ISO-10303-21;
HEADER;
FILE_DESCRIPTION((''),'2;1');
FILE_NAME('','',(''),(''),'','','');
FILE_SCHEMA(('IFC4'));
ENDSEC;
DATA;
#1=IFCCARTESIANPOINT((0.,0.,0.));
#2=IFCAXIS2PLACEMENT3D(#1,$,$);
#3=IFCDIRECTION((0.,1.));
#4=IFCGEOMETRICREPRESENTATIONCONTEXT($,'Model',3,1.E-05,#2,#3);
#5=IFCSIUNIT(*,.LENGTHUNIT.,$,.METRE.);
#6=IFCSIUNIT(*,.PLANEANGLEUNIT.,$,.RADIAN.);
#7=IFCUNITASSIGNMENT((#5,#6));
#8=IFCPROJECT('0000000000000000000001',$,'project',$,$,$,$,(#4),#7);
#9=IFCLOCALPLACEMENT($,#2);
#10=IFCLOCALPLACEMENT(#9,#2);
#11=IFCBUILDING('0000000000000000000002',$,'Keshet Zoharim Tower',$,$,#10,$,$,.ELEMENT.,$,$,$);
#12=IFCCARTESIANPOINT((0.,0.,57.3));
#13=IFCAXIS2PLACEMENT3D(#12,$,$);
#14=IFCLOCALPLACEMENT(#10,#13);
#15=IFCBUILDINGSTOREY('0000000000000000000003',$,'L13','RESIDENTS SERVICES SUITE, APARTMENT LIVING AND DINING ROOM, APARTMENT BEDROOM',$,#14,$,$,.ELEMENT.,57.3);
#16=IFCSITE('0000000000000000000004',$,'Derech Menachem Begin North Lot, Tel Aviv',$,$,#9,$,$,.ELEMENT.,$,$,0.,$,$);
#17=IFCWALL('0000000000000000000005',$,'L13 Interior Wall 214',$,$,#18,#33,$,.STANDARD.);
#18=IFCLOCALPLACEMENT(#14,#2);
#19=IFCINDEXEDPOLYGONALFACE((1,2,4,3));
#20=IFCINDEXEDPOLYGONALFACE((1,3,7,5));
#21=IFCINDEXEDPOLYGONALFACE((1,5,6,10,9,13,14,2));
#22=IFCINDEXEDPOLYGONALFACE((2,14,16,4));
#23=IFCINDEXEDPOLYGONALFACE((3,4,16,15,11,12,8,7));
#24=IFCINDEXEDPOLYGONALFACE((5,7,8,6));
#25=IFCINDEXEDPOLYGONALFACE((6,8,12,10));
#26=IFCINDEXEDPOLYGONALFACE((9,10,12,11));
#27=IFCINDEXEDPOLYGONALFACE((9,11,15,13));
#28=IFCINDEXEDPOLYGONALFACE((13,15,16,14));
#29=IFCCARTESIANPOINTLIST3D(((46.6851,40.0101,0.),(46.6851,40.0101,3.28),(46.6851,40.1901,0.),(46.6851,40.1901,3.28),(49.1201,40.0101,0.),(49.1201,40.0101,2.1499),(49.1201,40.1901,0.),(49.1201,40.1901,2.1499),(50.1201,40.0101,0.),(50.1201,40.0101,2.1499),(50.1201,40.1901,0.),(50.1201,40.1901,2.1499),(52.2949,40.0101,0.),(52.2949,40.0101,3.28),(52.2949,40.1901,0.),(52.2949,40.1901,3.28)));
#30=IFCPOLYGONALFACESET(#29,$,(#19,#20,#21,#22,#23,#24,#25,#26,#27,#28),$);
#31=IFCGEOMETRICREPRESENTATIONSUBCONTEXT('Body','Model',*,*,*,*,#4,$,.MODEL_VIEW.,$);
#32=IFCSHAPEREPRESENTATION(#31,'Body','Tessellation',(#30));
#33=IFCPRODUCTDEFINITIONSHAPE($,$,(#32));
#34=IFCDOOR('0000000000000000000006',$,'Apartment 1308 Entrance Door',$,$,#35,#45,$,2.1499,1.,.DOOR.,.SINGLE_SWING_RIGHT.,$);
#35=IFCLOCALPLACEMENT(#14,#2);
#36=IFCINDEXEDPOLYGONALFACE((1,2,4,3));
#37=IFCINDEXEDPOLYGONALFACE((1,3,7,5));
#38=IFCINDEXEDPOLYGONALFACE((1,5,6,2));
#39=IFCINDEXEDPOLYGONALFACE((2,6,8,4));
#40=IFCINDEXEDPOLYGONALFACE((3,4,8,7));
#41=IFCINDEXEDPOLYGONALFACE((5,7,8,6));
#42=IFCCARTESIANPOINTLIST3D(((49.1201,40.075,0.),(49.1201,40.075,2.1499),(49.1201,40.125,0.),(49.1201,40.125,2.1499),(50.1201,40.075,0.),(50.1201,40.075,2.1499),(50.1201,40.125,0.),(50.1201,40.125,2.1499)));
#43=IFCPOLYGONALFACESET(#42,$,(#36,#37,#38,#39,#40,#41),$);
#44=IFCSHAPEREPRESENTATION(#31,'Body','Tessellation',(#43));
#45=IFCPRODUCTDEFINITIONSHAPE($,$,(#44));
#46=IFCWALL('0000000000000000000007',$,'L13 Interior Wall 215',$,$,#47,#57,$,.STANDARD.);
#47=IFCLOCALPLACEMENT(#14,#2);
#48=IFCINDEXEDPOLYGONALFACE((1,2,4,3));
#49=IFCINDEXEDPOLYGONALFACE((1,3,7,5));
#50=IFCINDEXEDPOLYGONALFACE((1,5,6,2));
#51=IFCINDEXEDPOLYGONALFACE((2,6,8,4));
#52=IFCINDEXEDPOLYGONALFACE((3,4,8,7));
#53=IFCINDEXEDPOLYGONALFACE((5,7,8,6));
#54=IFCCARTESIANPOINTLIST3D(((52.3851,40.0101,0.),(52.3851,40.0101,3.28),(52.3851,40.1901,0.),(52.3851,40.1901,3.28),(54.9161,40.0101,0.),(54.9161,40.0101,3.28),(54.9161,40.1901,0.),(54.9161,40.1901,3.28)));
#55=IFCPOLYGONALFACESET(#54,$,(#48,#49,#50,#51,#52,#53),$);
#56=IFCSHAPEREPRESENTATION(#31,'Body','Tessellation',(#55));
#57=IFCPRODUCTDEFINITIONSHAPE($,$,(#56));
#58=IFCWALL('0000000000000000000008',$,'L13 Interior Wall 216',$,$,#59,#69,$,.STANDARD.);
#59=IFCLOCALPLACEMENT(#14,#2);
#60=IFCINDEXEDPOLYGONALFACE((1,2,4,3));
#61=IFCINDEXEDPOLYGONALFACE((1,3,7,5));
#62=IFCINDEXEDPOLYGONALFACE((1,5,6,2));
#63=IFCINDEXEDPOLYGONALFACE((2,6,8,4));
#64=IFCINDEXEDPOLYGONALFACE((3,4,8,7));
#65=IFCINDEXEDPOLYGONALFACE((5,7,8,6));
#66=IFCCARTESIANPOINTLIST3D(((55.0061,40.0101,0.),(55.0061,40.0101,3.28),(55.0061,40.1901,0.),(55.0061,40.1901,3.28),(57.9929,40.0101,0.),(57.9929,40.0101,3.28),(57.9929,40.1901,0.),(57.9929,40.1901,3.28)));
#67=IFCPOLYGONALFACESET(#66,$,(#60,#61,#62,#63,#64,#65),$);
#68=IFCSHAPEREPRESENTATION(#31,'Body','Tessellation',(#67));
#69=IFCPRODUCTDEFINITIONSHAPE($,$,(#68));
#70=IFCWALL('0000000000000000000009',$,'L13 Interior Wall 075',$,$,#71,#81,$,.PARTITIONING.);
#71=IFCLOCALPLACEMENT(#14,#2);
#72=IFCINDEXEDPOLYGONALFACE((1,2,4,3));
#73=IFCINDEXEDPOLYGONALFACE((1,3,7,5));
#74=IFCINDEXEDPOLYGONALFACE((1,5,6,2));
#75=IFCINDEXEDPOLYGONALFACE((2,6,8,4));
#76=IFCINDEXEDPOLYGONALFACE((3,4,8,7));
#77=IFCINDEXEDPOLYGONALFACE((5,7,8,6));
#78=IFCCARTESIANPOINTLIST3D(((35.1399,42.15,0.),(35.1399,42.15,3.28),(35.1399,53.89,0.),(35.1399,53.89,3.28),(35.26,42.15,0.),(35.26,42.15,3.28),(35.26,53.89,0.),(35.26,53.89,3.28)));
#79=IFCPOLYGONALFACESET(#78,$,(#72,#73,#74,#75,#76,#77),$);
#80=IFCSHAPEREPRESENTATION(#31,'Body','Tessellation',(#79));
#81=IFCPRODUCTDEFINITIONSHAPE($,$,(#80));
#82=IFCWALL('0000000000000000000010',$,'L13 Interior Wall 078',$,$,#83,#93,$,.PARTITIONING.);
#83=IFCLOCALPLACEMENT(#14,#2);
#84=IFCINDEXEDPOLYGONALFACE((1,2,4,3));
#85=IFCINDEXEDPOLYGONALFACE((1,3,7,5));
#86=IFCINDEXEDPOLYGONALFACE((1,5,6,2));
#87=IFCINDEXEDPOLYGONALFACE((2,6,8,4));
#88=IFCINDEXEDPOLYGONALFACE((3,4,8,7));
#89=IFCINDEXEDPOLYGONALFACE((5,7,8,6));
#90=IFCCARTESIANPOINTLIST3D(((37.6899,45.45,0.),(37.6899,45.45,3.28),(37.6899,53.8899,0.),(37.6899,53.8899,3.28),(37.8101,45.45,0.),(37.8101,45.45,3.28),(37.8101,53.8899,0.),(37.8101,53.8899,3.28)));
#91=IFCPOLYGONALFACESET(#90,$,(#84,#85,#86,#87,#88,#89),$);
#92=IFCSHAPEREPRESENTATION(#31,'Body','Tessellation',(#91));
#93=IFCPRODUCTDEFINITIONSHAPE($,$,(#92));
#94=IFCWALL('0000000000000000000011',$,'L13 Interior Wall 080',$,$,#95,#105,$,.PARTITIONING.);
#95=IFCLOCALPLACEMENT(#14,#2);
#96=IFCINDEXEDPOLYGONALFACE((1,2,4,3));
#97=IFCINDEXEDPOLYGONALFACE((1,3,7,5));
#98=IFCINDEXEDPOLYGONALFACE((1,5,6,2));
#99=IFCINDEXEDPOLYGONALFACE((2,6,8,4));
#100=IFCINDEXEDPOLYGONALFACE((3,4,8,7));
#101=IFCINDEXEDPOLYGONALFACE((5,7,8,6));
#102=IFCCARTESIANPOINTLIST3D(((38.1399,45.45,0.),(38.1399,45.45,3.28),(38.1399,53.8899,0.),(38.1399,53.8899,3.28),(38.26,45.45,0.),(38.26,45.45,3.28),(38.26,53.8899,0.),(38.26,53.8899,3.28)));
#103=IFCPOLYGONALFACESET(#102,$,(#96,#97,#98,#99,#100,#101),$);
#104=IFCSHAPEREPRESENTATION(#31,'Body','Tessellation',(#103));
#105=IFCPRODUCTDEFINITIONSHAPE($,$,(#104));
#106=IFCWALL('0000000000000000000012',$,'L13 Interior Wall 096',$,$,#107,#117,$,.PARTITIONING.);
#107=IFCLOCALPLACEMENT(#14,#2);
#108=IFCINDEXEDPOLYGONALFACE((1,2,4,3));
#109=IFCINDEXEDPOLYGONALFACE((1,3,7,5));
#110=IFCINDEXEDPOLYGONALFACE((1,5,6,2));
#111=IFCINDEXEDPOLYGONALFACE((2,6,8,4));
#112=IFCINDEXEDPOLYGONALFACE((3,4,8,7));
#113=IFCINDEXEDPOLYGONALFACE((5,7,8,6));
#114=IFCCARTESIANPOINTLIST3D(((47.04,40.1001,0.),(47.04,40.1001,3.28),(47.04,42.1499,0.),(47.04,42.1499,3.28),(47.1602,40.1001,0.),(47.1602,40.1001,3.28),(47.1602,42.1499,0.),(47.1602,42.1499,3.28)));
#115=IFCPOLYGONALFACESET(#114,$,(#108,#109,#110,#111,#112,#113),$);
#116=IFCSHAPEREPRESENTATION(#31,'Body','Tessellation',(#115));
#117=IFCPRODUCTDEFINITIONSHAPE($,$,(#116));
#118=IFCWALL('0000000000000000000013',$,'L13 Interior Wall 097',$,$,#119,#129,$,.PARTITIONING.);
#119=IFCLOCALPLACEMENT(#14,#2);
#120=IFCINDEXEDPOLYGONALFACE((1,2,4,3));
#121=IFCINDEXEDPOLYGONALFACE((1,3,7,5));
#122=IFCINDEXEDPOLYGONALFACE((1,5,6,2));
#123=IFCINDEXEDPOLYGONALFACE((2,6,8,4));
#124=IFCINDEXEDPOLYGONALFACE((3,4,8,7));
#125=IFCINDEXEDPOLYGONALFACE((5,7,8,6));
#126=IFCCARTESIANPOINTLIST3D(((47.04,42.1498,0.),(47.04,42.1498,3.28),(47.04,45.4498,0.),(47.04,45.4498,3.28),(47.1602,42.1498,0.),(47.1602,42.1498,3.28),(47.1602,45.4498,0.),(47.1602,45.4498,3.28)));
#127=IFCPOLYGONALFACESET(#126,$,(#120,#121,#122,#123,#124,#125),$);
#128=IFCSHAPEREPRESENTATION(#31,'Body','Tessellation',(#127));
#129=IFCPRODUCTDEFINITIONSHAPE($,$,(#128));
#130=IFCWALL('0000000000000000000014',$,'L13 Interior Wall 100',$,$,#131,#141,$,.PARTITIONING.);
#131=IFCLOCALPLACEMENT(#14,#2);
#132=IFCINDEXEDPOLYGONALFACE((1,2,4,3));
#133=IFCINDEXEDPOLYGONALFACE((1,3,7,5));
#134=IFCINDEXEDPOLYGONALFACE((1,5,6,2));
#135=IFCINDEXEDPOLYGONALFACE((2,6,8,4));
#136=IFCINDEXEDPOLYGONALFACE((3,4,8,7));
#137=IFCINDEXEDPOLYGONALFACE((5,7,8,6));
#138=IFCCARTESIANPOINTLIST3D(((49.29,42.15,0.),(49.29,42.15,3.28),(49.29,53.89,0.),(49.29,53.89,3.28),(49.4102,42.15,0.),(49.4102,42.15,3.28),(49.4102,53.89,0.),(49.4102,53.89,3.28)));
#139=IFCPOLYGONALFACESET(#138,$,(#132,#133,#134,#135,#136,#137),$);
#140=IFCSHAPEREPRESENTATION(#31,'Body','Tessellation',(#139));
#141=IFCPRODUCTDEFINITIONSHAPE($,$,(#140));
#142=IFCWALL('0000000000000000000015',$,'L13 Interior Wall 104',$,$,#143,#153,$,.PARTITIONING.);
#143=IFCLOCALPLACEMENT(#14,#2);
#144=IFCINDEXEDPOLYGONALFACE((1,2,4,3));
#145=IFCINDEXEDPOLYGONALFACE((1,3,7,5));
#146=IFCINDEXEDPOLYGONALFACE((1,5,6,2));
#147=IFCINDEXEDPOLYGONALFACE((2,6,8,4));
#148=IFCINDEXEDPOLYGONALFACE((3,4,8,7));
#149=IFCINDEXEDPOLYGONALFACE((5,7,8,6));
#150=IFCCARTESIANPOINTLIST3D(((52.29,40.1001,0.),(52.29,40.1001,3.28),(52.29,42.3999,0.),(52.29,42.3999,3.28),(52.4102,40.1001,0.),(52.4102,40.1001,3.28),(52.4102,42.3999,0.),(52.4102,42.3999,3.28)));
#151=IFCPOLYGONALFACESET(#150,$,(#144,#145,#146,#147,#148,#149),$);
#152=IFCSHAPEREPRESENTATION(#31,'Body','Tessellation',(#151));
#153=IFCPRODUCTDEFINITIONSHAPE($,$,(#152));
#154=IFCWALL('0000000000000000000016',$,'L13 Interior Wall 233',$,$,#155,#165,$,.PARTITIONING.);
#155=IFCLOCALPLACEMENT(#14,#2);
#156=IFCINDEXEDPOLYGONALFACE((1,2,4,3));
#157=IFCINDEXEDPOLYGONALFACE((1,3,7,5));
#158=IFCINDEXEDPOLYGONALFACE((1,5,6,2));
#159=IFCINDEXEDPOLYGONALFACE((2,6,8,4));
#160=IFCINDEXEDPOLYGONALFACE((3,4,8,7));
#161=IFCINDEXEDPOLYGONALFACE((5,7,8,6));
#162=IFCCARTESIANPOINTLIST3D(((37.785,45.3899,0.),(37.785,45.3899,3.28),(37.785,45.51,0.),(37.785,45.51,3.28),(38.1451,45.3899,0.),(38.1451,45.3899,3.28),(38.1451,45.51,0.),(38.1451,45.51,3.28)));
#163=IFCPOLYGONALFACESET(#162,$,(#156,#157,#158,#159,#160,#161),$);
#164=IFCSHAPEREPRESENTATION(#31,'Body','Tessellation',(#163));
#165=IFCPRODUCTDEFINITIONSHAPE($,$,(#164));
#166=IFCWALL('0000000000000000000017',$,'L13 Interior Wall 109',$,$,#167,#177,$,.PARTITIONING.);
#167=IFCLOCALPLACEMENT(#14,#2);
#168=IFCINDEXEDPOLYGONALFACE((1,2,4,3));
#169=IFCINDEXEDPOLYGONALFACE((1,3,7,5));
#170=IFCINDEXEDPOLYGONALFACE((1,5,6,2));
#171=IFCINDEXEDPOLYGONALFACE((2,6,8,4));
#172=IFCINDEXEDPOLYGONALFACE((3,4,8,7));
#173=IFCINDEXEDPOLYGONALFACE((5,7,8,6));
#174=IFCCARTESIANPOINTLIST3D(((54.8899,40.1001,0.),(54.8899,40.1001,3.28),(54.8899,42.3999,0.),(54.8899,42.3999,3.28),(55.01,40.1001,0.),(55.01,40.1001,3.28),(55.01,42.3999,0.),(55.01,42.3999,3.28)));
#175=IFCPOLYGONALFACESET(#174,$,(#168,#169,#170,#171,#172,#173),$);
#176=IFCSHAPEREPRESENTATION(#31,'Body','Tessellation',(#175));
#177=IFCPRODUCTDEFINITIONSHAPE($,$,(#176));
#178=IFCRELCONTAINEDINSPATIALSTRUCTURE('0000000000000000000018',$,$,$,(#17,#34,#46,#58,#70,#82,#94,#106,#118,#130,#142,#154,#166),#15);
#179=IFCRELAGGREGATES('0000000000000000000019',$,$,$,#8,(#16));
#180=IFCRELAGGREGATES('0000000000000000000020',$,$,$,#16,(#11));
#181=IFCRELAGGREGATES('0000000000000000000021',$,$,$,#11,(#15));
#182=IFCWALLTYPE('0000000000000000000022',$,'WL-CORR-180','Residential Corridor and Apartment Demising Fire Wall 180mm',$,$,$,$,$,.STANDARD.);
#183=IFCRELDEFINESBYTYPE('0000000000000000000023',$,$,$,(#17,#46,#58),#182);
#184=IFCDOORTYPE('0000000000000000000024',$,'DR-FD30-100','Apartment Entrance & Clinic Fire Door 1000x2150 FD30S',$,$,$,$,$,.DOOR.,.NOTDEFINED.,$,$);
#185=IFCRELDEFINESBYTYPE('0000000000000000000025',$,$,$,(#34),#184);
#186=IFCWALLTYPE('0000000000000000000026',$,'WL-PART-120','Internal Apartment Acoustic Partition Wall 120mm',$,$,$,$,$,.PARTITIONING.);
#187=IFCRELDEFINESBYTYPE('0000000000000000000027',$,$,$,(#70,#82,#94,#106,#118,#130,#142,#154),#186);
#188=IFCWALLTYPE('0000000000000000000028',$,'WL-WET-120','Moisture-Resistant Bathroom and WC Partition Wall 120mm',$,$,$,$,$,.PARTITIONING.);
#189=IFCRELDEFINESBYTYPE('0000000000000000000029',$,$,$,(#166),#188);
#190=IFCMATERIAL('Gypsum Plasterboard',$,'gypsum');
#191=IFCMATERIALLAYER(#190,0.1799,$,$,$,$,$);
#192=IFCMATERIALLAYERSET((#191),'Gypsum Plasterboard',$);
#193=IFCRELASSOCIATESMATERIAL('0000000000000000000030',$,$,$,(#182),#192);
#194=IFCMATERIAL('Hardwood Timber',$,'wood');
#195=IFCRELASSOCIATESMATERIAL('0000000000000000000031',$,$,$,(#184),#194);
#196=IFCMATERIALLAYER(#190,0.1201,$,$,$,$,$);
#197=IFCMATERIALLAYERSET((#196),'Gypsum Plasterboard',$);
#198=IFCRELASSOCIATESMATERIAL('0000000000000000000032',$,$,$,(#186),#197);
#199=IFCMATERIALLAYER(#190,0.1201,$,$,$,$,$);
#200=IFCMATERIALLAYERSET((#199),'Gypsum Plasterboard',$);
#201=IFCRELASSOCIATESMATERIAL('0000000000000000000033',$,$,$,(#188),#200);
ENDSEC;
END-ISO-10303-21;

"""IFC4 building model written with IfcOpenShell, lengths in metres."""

from ifc_helpers import new_model, si_unit, direction, frame, frame_2d, origin, place, context, subcontext, project, spatial, rectangle, extrude, material, layer, layer_set, type_object, element, fill, save


model = new_model("IFC4")

# Units and contexts
model_context = context("Model", 3, precision=1e-05, world=origin(), true_north=direction((0.0, 1.0)))
body_context = subcontext(model_context, "Body", "Model", "MODEL_VIEW")
ifc_project = project(units=[si_unit("LENGTHUNIT", "METRE"), si_unit("PLANEANGLEUNIT", "RADIAN")], contexts=[model_context])

# Site, building, storey
site_placement = place(None, origin())
site = spatial("IfcSite", under=ifc_project, at=site_placement, Name="Derech Menachem Begin North Lot, Tel Aviv", CompositionType="ELEMENT", RefElevation=0.0)
building_placement = place(site_placement, origin())
building = spatial("IfcBuilding", under=site, at=building_placement, Name="Keshet Zoharim Tower", CompositionType="ELEMENT")
storey_placement = place(building_placement, frame((0.0, 0.0, 57.3)))
storey = spatial("IfcBuildingStorey", under=building, at=storey_placement, Name="L13", Description="RESIDENTS SERVICES SUITE, APARTMENT LIVING AND DINING ROOM, APARTMENT BEDROOM", CompositionType="ELEMENT", Elevation=57.3)

# Wall, opening, door
ifc_material_1 = material(Name="Gypsum Plasterboard", Category="gypsum")
ifc_layer_1 = layer(ifc_material_1, 0.1799)
ifc_layer_set_1 = layer_set([ifc_layer_1], Name="Gypsum Plasterboard")
wall_type_1 = type_object("IfcWallType", Name="WL-CORR-180", Description="Residential Corridor and Apartment Demising Fire Wall 180mm", PredefinedType="STANDARD", material=ifc_layer_set_1)
wall_1_placement = place(storey_placement, frame((46.6851, 40.1001, 0.0), z_axis=(0.0, 0.0, 1.0), x_axis=(1.0, 0.0, 0.0)))
wall_1 = element("IfcWall", 1, at=wall_1_placement, inside=storey, type_object=wall_type_1, Name="L13 Interior Wall 214", PredefinedType="STANDARD", context=body_context, shape_type="SweptSolid", body=[
    extrude(rectangle(XDim=5.6099, YDim=0.1799, at=frame_2d((2.8049, 0.0))), origin(), (0.0, 0.0, 1.0), 3.28),
])
opening_1_placement = place(wall_1_placement, frame((2.4351, 0.0, 0.0)))
opening_1 = element("IfcOpeningElement", 2, at=opening_1_placement, cuts=wall_1, PredefinedType="OPENING", context=body_context, shape_type="SweptSolid", body=[
    extrude(rectangle(XDim=1.0, YDim=2.1499, at=frame_2d((0.5, 1.075))), frame((0.0, 0.1001, 0.0), z_axis=(0.0, -1.0, 0.0), x_axis=(1.0, 0.0, 0.0)), (0.0, 0.0, 1.0), 0.2),
])
ifc_material_2 = material(Name="Hardwood Timber", Category="wood")
door_type_1 = type_object("IfcDoorType", Name="DR-FD30-100", Description="Apartment Entrance & Clinic Fire Door 1000x2150 FD30S", OperationType="NOTDEFINED", PredefinedType="DOOR", material=ifc_material_2)
door_1_placement = place(opening_1_placement, origin())
door_1 = element("IfcDoor", 3, at=door_1_placement, inside=storey, type_object=door_type_1, Name="Apartment 1308 Entrance Door", OperationType="SINGLE_SWING_RIGHT", OverallHeight=2.1499, OverallWidth=1.0, PredefinedType="DOOR", context=body_context, shape_type="SweptSolid", body=[
    extrude(rectangle(XDim=1.0, YDim=2.1499, at=frame_2d((0.5, 1.075))), frame((0.0, 0.0249, 0.0), z_axis=(0.0, -1.0, 0.0), x_axis=(1.0, 0.0, 0.0)), (0.0, 0.0, 1.0), 0.05),
])
fill(opening_1, door_1)

# Walls
wall_2_placement = place(storey_placement, frame((52.385, 40.1001, 0.0), z_axis=(0.0, 0.0, 1.0), x_axis=(1.0, 0.0, 0.0)))
element("IfcWall", 4, at=wall_2_placement, inside=storey, type_object=wall_type_1, Name="L13 Interior Wall 215", PredefinedType="STANDARD", context=body_context, shape_type="SweptSolid", body=[
    extrude(rectangle(XDim=2.531, YDim=0.1799, at=frame_2d((1.2656, 0.0))), origin(), (0.0, 0.0, 1.0), 3.28),
])
wall_3_placement = place(storey_placement, frame((55.0061, 40.1001, 0.0), z_axis=(0.0, 0.0, 1.0), x_axis=(1.0, 0.0, 0.0)))
element("IfcWall", 5, at=wall_3_placement, inside=storey, type_object=wall_type_1, Name="L13 Interior Wall 216", PredefinedType="STANDARD", context=body_context, shape_type="SweptSolid", body=[
    extrude(rectangle(XDim=2.9868, YDim=0.1799, at=frame_2d((1.4934, 0.0))), origin(), (0.0, 0.0, 1.0), 3.28),
])

# Walls
ifc_layer_2 = layer(ifc_material_1, 0.1201)
ifc_layer_set_2 = layer_set([ifc_layer_2], Name="Gypsum Plasterboard")
wall_type_2 = type_object("IfcWallType", Name="WL-PART-120", Description="Internal Apartment Acoustic Partition Wall 120mm", PredefinedType="PARTITIONING", material=ifc_layer_set_2)
wall_4_placement = place(storey_placement, frame((35.2, 42.1499, 0.0), z_axis=(0.0, 0.0, 1.0), x_axis=(0.0, 1.0, 0.0)))
element("IfcWall", 6, at=wall_4_placement, inside=storey, type_object=wall_type_2, Name="L13 Interior Wall 075", PredefinedType="PARTITIONING", context=body_context, shape_type="SweptSolid", body=[
    extrude(rectangle(XDim=11.74, YDim=0.1201, at=frame_2d((5.8701, 0.0))), origin(), (0.0, 0.0, 1.0), 3.28),
])
for number, where, z_axis, x_axis, name in (
    (7, (37.75, 45.45, 0.0), (0.0, 0.0, 1.0), (0.0, 1.0, 0.0), "L13 Interior Wall 078"),
    (8, (38.2, 45.45, 0.0), (0.0, 0.0, 1.0), (0.0, 1.0, 0.0), "L13 Interior Wall 080"),
):
    element("IfcWall", number, at=place(storey_placement, frame(where, z_axis=z_axis, x_axis=x_axis)), inside=storey, type_object=wall_type_2, Name=name, PredefinedType="PARTITIONING", context=body_context, shape_type="SweptSolid", body=[
        extrude(rectangle(XDim=8.4399, YDim=0.1201, at=frame_2d((4.22, 0.0))), origin(), (0.0, 0.0, 1.0), 3.28),
    ])
wall_5_placement = place(storey_placement, frame((47.1001, 40.1001, 0.0), z_axis=(0.0, 0.0, 1.0), x_axis=(0.0, 1.0, 0.0)))
element("IfcWall", 9, at=wall_5_placement, inside=storey, type_object=wall_type_2, Name="L13 Interior Wall 096", PredefinedType="PARTITIONING", context=body_context, shape_type="SweptSolid", body=[
    extrude(rectangle(XDim=2.0498, YDim=0.1201, at=frame_2d((1.0249, 0.0))), origin(), (0.0, 0.0, 1.0), 3.28),
])
wall_6_placement = place(storey_placement, frame((47.1001, 42.1499, 0.0), z_axis=(0.0, 0.0, 1.0), x_axis=(0.0, 1.0, 0.0)))
element("IfcWall", 10, at=wall_6_placement, inside=storey, type_object=wall_type_2, Name="L13 Interior Wall 097", PredefinedType="PARTITIONING", context=body_context, shape_type="SweptSolid", body=[
    extrude(rectangle(XDim=3.3, YDim=0.1201, at=frame_2d((1.6499, 0.0))), origin(), (0.0, 0.0, 1.0), 3.28),
])
wall_7_placement = place(storey_placement, frame((49.3501, 42.1499, 0.0), z_axis=(0.0, 0.0, 1.0), x_axis=(0.0, 1.0, 0.0)))
element("IfcWall", 11, at=wall_7_placement, inside=storey, type_object=wall_type_2, Name="L13 Interior Wall 100", PredefinedType="PARTITIONING", context=body_context, shape_type="SweptSolid", body=[
    extrude(rectangle(XDim=11.74, YDim=0.1201, at=frame_2d((5.8701, 0.0))), origin(), (0.0, 0.0, 1.0), 3.28),
])
wall_8_placement = place(storey_placement, frame((52.3501, 40.1001, 0.0), z_axis=(0.0, 0.0, 1.0), x_axis=(0.0, 1.0, 0.0)))
element("IfcWall", 12, at=wall_8_placement, inside=storey, type_object=wall_type_2, Name="L13 Interior Wall 104", PredefinedType="PARTITIONING", context=body_context, shape_type="SweptSolid", body=[
    extrude(rectangle(XDim=2.2998, YDim=0.1201, at=frame_2d((1.1499, 0.0))), origin(), (0.0, 0.0, 1.0), 3.28),
])

# Walls
wall_9_placement = place(storey_placement, frame((37.7849, 45.45, 0.0), z_axis=(0.0, 0.0, 1.0), x_axis=(1.0, 0.0, 0.0)))
element("IfcWall", 13, at=wall_9_placement, inside=storey, type_object=wall_type_2, Name="L13 Interior Wall 233", PredefinedType="PARTITIONING", context=body_context, shape_type="SweptSolid", body=[
    extrude(rectangle(XDim=0.3601, YDim=0.1201, at=frame_2d((0.1802, 0.0))), origin(), (0.0, 0.0, 1.0), 3.28),
])
ifc_layer_3 = layer(ifc_material_1, 0.1201)
ifc_layer_set_3 = layer_set([ifc_layer_3], Name="Gypsum Plasterboard")
wall_type_3 = type_object("IfcWallType", Name="WL-WET-120", Description="Moisture-Resistant Bathroom and WC Partition Wall 120mm", PredefinedType="PARTITIONING", material=ifc_layer_set_3)
wall_10_placement = place(storey_placement, frame((54.95, 40.1001, 0.0), z_axis=(0.0, 0.0, 1.0), x_axis=(0.0, 1.0, 0.0)))
element("IfcWall", 14, at=wall_10_placement, inside=storey, type_object=wall_type_3, Name="L13 Interior Wall 109", PredefinedType="PARTITIONING", context=body_context, shape_type="SweptSolid", body=[
    extrude(rectangle(XDim=2.2998, YDim=0.1201, at=frame_2d((1.1499, 0.0))), origin(), (0.0, 0.0, 1.0), 3.28),
])

save(model, "model.ifc")
